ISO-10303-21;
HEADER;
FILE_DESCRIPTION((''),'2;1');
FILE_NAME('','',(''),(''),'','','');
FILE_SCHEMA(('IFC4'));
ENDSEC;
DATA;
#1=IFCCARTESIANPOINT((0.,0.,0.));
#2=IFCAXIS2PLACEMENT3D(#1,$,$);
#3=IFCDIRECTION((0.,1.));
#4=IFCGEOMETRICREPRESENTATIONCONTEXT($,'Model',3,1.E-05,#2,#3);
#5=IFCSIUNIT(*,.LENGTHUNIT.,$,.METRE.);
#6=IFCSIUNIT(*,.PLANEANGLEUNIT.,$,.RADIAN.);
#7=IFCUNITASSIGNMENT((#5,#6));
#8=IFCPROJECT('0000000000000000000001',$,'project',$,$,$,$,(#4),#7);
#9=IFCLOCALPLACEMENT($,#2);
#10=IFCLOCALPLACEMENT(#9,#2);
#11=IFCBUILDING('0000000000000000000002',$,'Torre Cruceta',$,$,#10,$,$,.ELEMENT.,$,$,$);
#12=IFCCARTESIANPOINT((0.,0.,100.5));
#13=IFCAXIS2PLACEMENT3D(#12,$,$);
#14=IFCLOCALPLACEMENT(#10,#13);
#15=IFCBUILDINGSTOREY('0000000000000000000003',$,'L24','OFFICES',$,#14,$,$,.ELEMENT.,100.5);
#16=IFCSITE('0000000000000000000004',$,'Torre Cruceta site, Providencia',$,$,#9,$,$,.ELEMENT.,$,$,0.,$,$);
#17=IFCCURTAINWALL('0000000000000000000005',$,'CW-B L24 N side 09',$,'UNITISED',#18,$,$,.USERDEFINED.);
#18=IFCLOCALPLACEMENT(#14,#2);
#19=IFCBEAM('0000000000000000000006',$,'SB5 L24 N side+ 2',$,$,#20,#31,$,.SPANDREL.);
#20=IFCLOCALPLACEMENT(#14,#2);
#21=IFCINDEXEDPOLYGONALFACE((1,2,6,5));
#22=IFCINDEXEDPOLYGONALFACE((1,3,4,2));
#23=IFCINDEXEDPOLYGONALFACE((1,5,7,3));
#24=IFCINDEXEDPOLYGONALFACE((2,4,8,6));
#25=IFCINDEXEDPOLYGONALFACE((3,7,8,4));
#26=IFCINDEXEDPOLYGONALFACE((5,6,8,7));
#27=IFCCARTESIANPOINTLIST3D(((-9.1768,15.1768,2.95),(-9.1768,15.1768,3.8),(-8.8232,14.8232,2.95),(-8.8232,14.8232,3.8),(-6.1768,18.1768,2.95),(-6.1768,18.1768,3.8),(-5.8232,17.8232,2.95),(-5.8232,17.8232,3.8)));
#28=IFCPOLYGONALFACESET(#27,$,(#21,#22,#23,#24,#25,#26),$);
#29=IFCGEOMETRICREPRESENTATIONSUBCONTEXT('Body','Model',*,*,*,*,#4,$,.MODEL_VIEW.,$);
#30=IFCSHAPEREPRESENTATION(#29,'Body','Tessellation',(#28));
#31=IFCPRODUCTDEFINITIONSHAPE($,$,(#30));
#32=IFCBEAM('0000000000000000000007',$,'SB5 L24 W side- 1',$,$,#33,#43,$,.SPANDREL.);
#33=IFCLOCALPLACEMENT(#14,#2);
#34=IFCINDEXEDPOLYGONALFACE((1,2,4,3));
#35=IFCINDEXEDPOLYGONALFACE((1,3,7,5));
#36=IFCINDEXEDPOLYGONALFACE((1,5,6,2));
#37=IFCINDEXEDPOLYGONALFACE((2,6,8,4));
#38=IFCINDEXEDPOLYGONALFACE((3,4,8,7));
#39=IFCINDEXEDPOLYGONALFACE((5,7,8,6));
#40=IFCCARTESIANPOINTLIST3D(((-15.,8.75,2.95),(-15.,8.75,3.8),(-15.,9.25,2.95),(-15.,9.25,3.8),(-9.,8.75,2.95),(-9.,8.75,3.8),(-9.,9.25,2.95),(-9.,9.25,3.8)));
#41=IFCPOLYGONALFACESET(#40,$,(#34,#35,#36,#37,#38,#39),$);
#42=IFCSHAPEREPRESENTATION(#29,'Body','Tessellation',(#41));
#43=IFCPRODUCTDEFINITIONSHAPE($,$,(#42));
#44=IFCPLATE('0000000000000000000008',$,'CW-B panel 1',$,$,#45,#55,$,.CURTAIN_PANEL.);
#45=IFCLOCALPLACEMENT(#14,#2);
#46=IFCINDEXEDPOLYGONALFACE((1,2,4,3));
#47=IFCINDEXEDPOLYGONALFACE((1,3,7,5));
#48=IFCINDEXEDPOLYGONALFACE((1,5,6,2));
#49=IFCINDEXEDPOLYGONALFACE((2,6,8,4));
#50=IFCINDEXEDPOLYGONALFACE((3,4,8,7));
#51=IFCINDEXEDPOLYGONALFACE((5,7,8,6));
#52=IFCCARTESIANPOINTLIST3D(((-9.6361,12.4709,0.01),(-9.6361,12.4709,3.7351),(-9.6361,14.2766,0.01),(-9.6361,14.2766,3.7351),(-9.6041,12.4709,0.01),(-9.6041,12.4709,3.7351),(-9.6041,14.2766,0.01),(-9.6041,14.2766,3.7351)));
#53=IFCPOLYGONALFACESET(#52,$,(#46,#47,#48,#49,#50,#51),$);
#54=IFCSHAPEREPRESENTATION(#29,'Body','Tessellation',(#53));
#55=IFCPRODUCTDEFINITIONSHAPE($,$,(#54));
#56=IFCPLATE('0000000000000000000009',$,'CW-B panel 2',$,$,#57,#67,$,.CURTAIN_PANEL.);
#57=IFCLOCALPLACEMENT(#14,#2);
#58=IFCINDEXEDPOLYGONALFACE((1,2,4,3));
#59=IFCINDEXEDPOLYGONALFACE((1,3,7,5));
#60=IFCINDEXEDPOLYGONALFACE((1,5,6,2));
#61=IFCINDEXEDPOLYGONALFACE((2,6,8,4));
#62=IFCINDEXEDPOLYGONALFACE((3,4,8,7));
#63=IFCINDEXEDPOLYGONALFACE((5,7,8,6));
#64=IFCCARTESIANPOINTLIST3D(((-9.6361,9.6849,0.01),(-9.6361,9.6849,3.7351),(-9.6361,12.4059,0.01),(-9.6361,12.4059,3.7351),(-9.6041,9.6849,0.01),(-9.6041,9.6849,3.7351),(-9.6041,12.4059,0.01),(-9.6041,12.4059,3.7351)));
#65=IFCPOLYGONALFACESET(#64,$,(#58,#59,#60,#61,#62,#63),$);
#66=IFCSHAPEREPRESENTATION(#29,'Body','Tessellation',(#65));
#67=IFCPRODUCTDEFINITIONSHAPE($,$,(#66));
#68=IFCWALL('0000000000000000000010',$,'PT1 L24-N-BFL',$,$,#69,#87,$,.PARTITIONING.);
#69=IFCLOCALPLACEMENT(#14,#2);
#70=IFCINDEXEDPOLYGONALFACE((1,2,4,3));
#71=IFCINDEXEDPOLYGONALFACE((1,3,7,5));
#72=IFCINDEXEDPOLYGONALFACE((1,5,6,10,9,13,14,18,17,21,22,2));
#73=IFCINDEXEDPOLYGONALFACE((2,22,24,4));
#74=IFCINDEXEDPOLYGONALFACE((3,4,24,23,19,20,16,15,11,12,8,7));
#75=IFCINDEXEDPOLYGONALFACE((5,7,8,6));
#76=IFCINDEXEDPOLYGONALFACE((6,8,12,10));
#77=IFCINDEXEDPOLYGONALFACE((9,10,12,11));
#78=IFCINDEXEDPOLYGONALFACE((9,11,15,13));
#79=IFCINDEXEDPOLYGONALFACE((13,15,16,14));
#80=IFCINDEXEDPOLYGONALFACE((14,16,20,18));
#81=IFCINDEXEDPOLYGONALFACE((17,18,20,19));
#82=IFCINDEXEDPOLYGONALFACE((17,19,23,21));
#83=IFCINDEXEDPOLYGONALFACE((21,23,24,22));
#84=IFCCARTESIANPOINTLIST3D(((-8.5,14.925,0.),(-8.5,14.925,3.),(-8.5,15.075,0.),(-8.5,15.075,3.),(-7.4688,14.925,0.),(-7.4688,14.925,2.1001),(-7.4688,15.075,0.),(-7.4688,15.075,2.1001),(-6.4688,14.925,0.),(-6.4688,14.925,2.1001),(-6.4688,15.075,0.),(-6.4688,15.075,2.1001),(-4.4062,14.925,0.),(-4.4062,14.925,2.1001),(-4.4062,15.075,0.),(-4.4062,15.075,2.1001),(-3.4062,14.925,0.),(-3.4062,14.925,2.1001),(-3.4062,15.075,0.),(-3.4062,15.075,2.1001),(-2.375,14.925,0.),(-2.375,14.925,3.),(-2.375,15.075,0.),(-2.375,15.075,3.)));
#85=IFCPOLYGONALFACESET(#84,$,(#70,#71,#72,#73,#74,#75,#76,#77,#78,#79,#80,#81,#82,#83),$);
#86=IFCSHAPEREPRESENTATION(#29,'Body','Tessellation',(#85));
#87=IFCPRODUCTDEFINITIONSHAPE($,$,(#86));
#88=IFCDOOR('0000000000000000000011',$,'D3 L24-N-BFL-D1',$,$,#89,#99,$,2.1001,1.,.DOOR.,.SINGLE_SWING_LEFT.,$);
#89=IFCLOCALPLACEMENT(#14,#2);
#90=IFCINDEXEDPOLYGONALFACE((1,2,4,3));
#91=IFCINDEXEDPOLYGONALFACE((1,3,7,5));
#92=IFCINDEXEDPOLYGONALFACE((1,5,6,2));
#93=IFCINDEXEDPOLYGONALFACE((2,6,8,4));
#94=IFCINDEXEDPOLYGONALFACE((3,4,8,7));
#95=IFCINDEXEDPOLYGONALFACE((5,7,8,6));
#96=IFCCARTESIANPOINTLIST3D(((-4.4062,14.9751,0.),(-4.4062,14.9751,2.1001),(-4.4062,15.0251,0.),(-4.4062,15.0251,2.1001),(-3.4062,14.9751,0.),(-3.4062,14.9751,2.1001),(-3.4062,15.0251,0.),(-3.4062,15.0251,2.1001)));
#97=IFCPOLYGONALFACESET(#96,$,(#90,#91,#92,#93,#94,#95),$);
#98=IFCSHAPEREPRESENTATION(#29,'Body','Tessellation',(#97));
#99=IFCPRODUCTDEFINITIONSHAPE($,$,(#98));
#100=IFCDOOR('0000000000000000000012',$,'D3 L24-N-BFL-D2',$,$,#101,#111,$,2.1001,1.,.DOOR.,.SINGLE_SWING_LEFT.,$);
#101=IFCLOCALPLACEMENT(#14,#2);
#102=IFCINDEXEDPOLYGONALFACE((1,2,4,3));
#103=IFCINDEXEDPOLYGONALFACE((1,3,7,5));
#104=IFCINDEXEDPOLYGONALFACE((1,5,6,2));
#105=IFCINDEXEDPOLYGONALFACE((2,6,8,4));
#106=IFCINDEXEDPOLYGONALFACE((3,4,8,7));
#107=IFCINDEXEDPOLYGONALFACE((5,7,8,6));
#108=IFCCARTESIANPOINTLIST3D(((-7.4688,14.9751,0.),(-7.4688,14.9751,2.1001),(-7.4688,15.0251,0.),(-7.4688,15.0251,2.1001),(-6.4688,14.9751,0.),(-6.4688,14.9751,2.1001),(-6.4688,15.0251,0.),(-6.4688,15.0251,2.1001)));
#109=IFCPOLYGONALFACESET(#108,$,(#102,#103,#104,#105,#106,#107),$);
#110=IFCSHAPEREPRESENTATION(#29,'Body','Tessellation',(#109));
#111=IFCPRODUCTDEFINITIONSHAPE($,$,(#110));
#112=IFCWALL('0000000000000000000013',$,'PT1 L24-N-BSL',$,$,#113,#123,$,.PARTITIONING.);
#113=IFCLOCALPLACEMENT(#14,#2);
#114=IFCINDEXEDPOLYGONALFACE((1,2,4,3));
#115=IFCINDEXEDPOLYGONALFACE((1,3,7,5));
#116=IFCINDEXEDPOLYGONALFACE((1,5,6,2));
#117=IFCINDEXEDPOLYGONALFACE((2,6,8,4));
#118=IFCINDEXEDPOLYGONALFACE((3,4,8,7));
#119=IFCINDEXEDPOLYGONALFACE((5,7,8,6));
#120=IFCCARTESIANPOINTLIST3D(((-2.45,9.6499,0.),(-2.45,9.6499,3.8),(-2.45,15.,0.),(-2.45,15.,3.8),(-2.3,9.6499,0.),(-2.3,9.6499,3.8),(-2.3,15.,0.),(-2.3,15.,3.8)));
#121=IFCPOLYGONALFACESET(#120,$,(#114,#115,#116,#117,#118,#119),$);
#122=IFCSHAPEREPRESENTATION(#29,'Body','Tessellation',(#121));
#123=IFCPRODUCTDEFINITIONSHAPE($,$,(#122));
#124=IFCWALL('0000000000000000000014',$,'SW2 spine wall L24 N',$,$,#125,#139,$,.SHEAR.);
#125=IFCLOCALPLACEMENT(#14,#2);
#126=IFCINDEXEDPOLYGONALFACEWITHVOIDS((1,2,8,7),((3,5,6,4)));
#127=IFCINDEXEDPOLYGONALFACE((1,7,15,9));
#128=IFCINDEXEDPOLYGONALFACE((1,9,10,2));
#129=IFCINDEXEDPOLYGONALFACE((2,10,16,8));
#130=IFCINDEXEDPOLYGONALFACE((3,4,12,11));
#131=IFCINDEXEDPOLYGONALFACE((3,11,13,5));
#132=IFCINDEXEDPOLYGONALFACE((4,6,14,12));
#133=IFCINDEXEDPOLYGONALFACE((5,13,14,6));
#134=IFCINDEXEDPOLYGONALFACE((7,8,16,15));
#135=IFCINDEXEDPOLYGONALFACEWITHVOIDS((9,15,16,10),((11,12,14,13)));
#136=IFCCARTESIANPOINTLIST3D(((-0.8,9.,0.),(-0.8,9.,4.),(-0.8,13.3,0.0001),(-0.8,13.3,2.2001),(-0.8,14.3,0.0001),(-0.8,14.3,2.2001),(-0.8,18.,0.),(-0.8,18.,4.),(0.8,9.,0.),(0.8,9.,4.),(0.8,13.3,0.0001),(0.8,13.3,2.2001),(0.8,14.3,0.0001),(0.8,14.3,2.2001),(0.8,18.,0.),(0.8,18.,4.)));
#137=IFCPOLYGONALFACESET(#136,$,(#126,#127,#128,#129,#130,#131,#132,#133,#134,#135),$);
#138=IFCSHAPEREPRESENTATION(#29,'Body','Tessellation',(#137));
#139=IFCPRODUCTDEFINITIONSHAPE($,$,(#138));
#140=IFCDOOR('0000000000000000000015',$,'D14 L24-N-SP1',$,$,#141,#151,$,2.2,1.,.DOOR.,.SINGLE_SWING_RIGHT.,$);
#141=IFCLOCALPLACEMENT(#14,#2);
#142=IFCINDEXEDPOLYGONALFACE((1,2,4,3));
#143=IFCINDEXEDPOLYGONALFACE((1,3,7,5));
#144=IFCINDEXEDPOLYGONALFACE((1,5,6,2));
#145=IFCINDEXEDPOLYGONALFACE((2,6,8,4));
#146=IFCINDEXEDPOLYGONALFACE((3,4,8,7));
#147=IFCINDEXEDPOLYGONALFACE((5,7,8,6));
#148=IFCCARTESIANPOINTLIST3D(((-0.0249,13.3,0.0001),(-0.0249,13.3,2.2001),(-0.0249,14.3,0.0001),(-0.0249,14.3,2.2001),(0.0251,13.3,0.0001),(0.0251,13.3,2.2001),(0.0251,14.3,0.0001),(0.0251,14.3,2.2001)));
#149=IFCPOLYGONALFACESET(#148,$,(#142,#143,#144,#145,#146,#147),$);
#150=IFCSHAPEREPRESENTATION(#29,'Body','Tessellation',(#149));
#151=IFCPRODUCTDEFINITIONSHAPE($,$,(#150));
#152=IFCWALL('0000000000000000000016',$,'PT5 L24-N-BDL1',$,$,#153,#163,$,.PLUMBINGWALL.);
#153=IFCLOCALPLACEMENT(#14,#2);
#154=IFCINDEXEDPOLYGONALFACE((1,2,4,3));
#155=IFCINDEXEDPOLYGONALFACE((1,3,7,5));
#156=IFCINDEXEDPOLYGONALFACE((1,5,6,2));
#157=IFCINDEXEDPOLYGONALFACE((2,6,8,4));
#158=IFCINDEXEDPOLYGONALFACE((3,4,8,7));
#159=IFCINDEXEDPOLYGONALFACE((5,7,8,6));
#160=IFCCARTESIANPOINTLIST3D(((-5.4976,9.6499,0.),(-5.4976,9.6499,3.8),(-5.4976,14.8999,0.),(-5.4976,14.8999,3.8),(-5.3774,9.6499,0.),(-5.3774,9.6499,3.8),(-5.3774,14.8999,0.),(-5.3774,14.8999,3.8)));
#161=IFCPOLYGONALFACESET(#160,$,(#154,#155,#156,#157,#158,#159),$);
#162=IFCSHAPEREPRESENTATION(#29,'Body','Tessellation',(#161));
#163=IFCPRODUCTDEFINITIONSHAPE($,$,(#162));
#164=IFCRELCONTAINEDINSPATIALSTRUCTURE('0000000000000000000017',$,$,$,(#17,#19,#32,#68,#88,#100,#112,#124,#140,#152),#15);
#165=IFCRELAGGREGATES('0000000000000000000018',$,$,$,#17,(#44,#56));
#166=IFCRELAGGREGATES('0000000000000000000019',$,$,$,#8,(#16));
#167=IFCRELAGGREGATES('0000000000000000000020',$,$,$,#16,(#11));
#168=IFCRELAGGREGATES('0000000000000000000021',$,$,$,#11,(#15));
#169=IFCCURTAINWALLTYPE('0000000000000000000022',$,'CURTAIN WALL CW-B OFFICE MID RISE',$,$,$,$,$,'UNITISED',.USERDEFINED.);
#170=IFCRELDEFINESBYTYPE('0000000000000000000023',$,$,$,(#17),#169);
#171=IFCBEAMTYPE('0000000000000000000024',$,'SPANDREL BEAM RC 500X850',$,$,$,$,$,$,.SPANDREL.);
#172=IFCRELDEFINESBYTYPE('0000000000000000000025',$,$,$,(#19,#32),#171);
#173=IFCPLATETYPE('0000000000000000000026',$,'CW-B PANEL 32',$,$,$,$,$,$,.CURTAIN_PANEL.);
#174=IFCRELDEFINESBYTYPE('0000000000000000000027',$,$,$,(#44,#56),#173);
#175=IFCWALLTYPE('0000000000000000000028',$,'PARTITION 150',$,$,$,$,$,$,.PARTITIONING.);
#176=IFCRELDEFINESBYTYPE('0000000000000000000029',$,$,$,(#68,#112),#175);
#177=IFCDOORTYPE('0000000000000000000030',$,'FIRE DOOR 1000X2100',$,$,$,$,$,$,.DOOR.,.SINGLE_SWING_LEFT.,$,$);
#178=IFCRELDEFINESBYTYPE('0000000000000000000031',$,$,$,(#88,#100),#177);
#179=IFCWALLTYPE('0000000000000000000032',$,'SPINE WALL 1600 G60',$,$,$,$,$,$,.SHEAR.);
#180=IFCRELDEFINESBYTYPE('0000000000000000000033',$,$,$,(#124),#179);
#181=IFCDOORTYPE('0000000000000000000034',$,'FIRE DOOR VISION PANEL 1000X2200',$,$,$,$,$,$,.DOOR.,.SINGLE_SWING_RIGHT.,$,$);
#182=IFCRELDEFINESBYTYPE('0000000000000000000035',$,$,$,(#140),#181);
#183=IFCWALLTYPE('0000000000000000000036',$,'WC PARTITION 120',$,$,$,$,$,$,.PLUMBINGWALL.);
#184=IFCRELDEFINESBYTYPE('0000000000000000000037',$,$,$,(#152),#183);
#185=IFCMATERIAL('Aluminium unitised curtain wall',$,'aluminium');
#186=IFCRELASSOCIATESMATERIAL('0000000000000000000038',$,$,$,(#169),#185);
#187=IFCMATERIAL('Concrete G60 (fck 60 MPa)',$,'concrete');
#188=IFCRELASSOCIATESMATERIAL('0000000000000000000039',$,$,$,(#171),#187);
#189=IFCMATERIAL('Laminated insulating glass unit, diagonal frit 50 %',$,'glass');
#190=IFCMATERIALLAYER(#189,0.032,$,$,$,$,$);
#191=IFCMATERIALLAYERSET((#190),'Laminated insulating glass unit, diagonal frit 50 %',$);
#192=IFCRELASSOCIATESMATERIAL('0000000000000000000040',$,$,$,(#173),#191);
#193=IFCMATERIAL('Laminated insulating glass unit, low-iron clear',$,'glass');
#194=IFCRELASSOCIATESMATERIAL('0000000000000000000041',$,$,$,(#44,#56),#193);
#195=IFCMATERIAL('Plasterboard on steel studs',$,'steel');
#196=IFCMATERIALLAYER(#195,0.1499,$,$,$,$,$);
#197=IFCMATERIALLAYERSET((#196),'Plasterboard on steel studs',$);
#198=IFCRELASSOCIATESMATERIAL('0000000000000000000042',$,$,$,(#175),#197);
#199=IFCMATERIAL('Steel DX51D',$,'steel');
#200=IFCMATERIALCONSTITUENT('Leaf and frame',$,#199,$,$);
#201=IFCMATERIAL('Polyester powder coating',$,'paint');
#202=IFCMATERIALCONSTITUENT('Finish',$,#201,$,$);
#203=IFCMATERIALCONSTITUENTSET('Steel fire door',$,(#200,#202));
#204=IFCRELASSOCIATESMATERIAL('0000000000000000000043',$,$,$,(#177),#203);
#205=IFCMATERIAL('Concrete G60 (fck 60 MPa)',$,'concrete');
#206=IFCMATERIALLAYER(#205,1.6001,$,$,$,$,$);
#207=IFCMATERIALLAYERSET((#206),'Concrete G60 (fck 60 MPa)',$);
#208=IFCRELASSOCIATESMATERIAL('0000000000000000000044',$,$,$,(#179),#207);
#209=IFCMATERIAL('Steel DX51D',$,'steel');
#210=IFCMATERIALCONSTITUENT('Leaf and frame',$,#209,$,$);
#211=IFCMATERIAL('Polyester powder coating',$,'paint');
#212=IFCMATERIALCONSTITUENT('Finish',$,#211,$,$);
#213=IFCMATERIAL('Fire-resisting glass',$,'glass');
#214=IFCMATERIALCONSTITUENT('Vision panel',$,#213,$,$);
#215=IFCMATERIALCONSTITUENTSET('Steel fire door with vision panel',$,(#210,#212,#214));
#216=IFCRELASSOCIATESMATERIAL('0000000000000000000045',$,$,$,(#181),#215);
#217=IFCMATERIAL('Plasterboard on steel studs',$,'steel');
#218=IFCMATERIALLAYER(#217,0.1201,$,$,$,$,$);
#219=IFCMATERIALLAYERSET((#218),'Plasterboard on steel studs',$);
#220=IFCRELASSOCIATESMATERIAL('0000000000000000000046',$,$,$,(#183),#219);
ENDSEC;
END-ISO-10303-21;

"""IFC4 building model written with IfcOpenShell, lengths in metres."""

from ifc_helpers import new_model, si_unit, direction, frame, frame_2d, origin, origin_2d, place, context, subcontext, project, spatial, rectangle, extrude, material, layer, layer_set, constituent, constituent_set, material_profile, profile_set, type_object, element, fill, aggregate, save


model = new_model("IFC4")

# Units and contexts
model_context = context("Model", 3, precision=1e-05, world=origin(), true_north=direction((0.0, 1.0)))
body_context = subcontext(model_context, "Body", "Model", "MODEL_VIEW")
ifc_project = project(units=[si_unit("LENGTHUNIT", "METRE"), si_unit("PLANEANGLEUNIT", "RADIAN")], contexts=[model_context])

# Site, building, storey
site_placement = place(None, origin())
site = spatial("IfcSite", under=ifc_project, at=site_placement, Name="Torre Cruceta site, Providencia", CompositionType="ELEMENT", RefElevation=0.0)
building_placement = place(site_placement, origin())
building = spatial("IfcBuilding", under=site, at=building_placement, Name="Torre Cruceta", CompositionType="ELEMENT")
storey_placement = place(building_placement, frame((0.0, 0.0, 100.5)))
storey = spatial("IfcBuildingStorey", under=building, at=storey_placement, Name="L24", Description="OFFICES", CompositionType="ELEMENT", Elevation=100.5)

# Curtain wall
ifc_material_1 = material(Name="Aluminium unitised curtain wall", Category="aluminium")
curtain_wall_type = type_object("IfcCurtainWallType", Name="CURTAIN WALL CW-B OFFICE MID RISE", ElementType="UNITISED", PredefinedType="USERDEFINED", material=ifc_material_1)
curtain_wall_1_placement = place(storey_placement, origin())
curtain_wall_1 = element("IfcCurtainWall", 1, at=curtain_wall_1_placement, inside=storey, type_object=curtain_wall_type, Name="CW-B L24 N side 09", ObjectType="UNITISED", PredefinedType="USERDEFINED")

# Beams
ifc_material_2 = material(Name="Concrete G60 (fck 60 MPa)", Category="concrete")
ifc_material_profile_1 = material_profile(ifc_material_2, rectangle(XDim=0.5, YDim=0.8501, at=origin_2d()), Name="RC 500X850")
ifc_profile_set_1 = profile_set([ifc_material_profile_1], Name="Concrete G60 (fck 60 MPa)")
beam_type_1 = type_object("IfcBeamType", Name="SPANDREL BEAM RC 500X850", PredefinedType="SPANDREL", material=ifc_profile_set_1)
beam_1_placement = place(storey_placement, frame((-9.0, 15.0, 3.375), z_axis=(0.707107, 0.707107, 0.0), x_axis=(-0.707107, 0.707107, 0.0)))
element("IfcBeam", 2, at=beam_1_placement, inside=storey, type_object=beam_type_1, Name="SB5 L24 N side+ 2", PredefinedType="SPANDREL", context=body_context, shape_type="SweptSolid", body=[
    extrude(rectangle(XDim=0.5, YDim=0.8501, at=origin_2d()), origin(), (0.0, 0.0, 1.0), 4.2427),
])
beam_2_placement = place(storey_placement, frame((-9.0, 9.0, 3.375), z_axis=(-1.0, 0.0, 0.0), x_axis=(0.0, -1.0, 0.0)))
element("IfcBeam", 3, at=beam_2_placement, inside=storey, type_object=beam_type_1, Name="SB5 L24 W side- 1", PredefinedType="SPANDREL", context=body_context, shape_type="SweptSolid", body=[
    extrude(rectangle(XDim=0.5, YDim=0.8501, at=origin_2d()), origin(), (0.0, 0.0, 1.0), 6.0),
])

# Plates
ifc_material_3 = material(Name="Laminated insulating glass unit, low-iron clear", Category="glass")
ifc_material_4 = material(Name="Laminated insulating glass unit, diagonal frit 50 %", Category="glass")
ifc_layer_1 = layer(ifc_material_4, 0.032)
ifc_layer_set_1 = layer_set([ifc_layer_1], Name="Laminated insulating glass unit, diagonal frit 50 %")
plate_type = type_object("IfcPlateType", Name="CW-B PANEL 32", PredefinedType="CURTAIN_PANEL", material=ifc_layer_set_1)
plate_1_placement = place(storey_placement, frame((-9.6201, 13.3738, 0.01), z_axis=(0.0, 0.0, 1.0), x_axis=(0.0, -1.0, 0.0)))
plate_1 = element("IfcPlate", 4, at=plate_1_placement, type_object=plate_type, material=ifc_material_3, Name="CW-B panel 1", PredefinedType="CURTAIN_PANEL", context=body_context, shape_type="SweptSolid", body=[
    extrude(rectangle(XDim=1.8057, YDim=0.032, at=origin_2d()), origin(), (0.0, 0.0, 1.0), 3.7251),
])
plate_2_placement = place(storey_placement, frame((-9.6201, 11.0454, 0.01), z_axis=(0.0, 0.0, 1.0), x_axis=(0.0, -1.0, 0.0)))
plate_2 = element("IfcPlate", 5, at=plate_2_placement, type_object=plate_type, material=ifc_material_3, Name="CW-B panel 2", PredefinedType="CURTAIN_PANEL", context=body_context, shape_type="SweptSolid", body=[
    extrude(rectangle(XDim=2.7209, YDim=0.032, at=origin_2d()), origin(), (0.0, 0.0, 1.0), 3.7251),
])
aggregate(curtain_wall_1, [plate_1, plate_2])

# Wall, openings, doors
ifc_material_5 = material(Name="Plasterboard on steel studs", Category="steel")
ifc_layer_2 = layer(ifc_material_5, 0.1499)
ifc_layer_set_2 = layer_set([ifc_layer_2], Name="Plasterboard on steel studs")
wall_type_1 = type_object("IfcWallType", Name="PARTITION 150", PredefinedType="PARTITIONING", material=ifc_layer_set_2)
wall_1_placement = place(storey_placement, frame((-2.375, 15.0, 0.0), z_axis=(0.0, 0.0, 1.0), x_axis=(-1.0, 0.0, 0.0)))
wall_1 = element("IfcWall", 6, at=wall_1_placement, inside=storey, type_object=wall_type_1, Name="PT1 L24-N-BFL", PredefinedType="PARTITIONING", context=body_context, shape_type="SweptSolid", body=[
    extrude(rectangle(XDim=6.125, YDim=0.1499, at=frame_2d((3.0625, 0.0))), origin(), (0.0, 0.0, 1.0), 3.0),
])
opening_1_placement = place(wall_1_placement, frame((1.0312, 0.0, 0.0)))
opening_1 = element("IfcOpeningElement", 7, at=opening_1_placement, cuts=wall_1, PredefinedType="OPENING", context=body_context, shape_type="SweptSolid", body=[
    extrude(rectangle(XDim=1.0, YDim=2.1001, at=frame_2d((0.5, 1.05))), frame((0.0, 0.085, 0.0), z_axis=(0.0, -1.0, 0.0), x_axis=(1.0, 0.0, 0.0)), (0.0, 0.0, 1.0), 0.1699),
])
opening_2_placement = place(wall_1_placement, frame((4.0938, 0.0, 0.0)))
opening_2 = element("IfcOpeningElement", 8, at=opening_2_placement, cuts=wall_1, PredefinedType="OPENING", context=body_context, shape_type="SweptSolid", body=[
    extrude(rectangle(XDim=1.0, YDim=2.1001, at=frame_2d((0.5, 1.05))), frame((0.0, 0.085, 0.0), z_axis=(0.0, -1.0, 0.0), x_axis=(1.0, 0.0, 0.0)), (0.0, 0.0, 1.0), 0.1699),
])
ifc_material_6 = material(Name="Steel DX51D", Category="steel")
ifc_constituent_1 = constituent(ifc_material_6, Name="Leaf and frame")
ifc_material_7 = material(Name="Polyester powder coating", Category="paint")
ifc_constituent_2 = constituent(ifc_material_7, Name="Finish")
ifc_constituent_set_1 = constituent_set(constituents=[ifc_constituent_1, ifc_constituent_2], Name="Steel fire door")
door_type_1 = type_object("IfcDoorType", Name="FIRE DOOR 1000X2100", OperationType="SINGLE_SWING_LEFT", PredefinedType="DOOR", material=ifc_constituent_set_1)
door_1_placement = place(opening_1_placement, origin())
door_1 = element("IfcDoor", 9, at=door_1_placement, inside=storey, type_object=door_type_1, Name="D3 L24-N-BFL-D1", OperationType="SINGLE_SWING_LEFT", OverallHeight=2.1001, OverallWidth=1.0, PredefinedType="DOOR", context=body_context, shape_type="SweptSolid", body=[
    extrude(rectangle(XDim=1.0, YDim=2.1001, at=frame_2d((0.5, 1.05))), frame((0.0, 0.0249, 0.0), z_axis=(0.0, -1.0, 0.0), x_axis=(1.0, 0.0, 0.0)), (0.0, 0.0, 1.0), 0.05),
])
fill(opening_1, door_1)
door_2_placement = place(opening_2_placement, origin())
door_2 = element("IfcDoor", 10, at=door_2_placement, inside=storey, type_object=door_type_1, Name="D3 L24-N-BFL-D2", OperationType="SINGLE_SWING_LEFT", OverallHeight=2.1001, OverallWidth=1.0, PredefinedType="DOOR", context=body_context, shape_type="SweptSolid", body=[
    extrude(rectangle(XDim=1.0, YDim=2.1001, at=frame_2d((0.5, 1.05))), frame((0.0, 0.0249, 0.0), z_axis=(0.0, -1.0, 0.0), x_axis=(1.0, 0.0, 0.0)), (0.0, 0.0, 1.0), 0.05),
])
fill(opening_2, door_2)

# Wall
wall_2_placement = place(storey_placement, frame((-2.375, 9.6499, 0.0), z_axis=(0.0, 0.0, 1.0), x_axis=(0.0, 1.0, 0.0)))
element("IfcWall", 11, at=wall_2_placement, inside=storey, type_object=wall_type_1, Name="PT1 L24-N-BSL", PredefinedType="PARTITIONING", context=body_context, shape_type="SweptSolid", body=[
    extrude(rectangle(XDim=5.3501, YDim=0.1499, at=frame_2d((2.675, 0.0))), origin(), (0.0, 0.0, 1.0), 3.8),
])

# Wall, opening, door
ifc_material_8 = material(Name="Concrete G60 (fck 60 MPa)", Category="concrete")
ifc_layer_3 = layer(ifc_material_8, 1.6001)
ifc_layer_set_3 = layer_set([ifc_layer_3], Name="Concrete G60 (fck 60 MPa)")
wall_type_2 = type_object("IfcWallType", Name="SPINE WALL 1600 G60", PredefinedType="SHEAR", material=ifc_layer_set_3)
wall_3_placement = place(storey_placement, frame((0.0, 9.0, 0.0), z_axis=(0.0, 0.0, 1.0), x_axis=(0.0, 1.0, 0.0)))
wall_3 = element("IfcWall", 12, at=wall_3_placement, inside=storey, type_object=wall_type_2, Name="SW2 spine wall L24 N", PredefinedType="SHEAR", context=body_context, shape_type="SweptSolid", body=[
    extrude(rectangle(XDim=9.0, YDim=1.6001, at=frame_2d((4.5, 0.0))), origin(), (0.0, 0.0, 1.0), 4.0),
])
opening_3_placement = place(wall_3_placement, frame((4.3, 0.0, 0.0)))
opening_3 = element("IfcOpeningElement", 13, at=opening_3_placement, cuts=wall_3, PredefinedType="OPENING", context=body_context, shape_type="SweptSolid", body=[
    extrude(rectangle(XDim=1.0, YDim=2.2, at=frame_2d((0.5, 1.1001))), frame((0.0, 0.8101, 0.0), z_axis=(0.0, -1.0, 0.0), x_axis=(1.0, 0.0, 0.0)), (0.0, 0.0, 1.0), 1.6201),
])
ifc_material_9 = material(Name="Steel DX51D", Category="steel")
ifc_constituent_3 = constituent(ifc_material_9, Name="Leaf and frame")
ifc_material_10 = material(Name="Polyester powder coating", Category="paint")
ifc_constituent_4 = constituent(ifc_material_10, Name="Finish")
ifc_material_11 = material(Name="Fire-resisting glass", Category="glass")
ifc_constituent_5 = constituent(ifc_material_11, Name="Vision panel")
ifc_constituent_set_2 = constituent_set(constituents=[ifc_constituent_3, ifc_constituent_4, ifc_constituent_5], Name="Steel fire door with vision panel")
door_type_2 = type_object("IfcDoorType", Name="FIRE DOOR VISION PANEL 1000X2200", OperationType="SINGLE_SWING_RIGHT", PredefinedType="DOOR", material=ifc_constituent_set_2)
door_3_placement = place(opening_3_placement, origin())
door_3 = element("IfcDoor", 14, at=door_3_placement, inside=storey, type_object=door_type_2, Name="D14 L24-N-SP1", OperationType="SINGLE_SWING_RIGHT", OverallHeight=2.2, OverallWidth=1.0, PredefinedType="DOOR", context=body_context, shape_type="SweptSolid", body=[
    extrude(rectangle(XDim=1.0, YDim=2.2, at=frame_2d((0.5, 1.1001))), frame((0.0, 0.0249, 0.0), z_axis=(0.0, -1.0, 0.0), x_axis=(1.0, 0.0, 0.0)), (0.0, 0.0, 1.0), 0.05),
])
fill(opening_3, door_3)

# Wall
ifc_material_12 = material(Name="Plasterboard on steel studs", Category="steel")
ifc_layer_4 = layer(ifc_material_12, 0.1201)
ifc_layer_set_4 = layer_set([ifc_layer_4], Name="Plasterboard on steel studs")
wall_type_3 = type_object("IfcWallType", Name="WC PARTITION 120", PredefinedType="PLUMBINGWALL", material=ifc_layer_set_4)
wall_4_placement = place(storey_placement, frame((-5.4375, 9.6499, 0.0), z_axis=(0.0, 0.0, 1.0), x_axis=(0.0, 1.0, 0.0)))
element("IfcWall", 15, at=wall_4_placement, inside=storey, type_object=wall_type_3, Name="PT5 L24-N-BDL1", PredefinedType="PLUMBINGWALL", context=body_context, shape_type="SweptSolid", body=[
    extrude(rectangle(XDim=5.25, YDim=0.1201, at=frame_2d((2.625, 0.0))), origin(), (0.0, 0.0, 1.0), 3.8),
])

save(model, "model.ifc")
